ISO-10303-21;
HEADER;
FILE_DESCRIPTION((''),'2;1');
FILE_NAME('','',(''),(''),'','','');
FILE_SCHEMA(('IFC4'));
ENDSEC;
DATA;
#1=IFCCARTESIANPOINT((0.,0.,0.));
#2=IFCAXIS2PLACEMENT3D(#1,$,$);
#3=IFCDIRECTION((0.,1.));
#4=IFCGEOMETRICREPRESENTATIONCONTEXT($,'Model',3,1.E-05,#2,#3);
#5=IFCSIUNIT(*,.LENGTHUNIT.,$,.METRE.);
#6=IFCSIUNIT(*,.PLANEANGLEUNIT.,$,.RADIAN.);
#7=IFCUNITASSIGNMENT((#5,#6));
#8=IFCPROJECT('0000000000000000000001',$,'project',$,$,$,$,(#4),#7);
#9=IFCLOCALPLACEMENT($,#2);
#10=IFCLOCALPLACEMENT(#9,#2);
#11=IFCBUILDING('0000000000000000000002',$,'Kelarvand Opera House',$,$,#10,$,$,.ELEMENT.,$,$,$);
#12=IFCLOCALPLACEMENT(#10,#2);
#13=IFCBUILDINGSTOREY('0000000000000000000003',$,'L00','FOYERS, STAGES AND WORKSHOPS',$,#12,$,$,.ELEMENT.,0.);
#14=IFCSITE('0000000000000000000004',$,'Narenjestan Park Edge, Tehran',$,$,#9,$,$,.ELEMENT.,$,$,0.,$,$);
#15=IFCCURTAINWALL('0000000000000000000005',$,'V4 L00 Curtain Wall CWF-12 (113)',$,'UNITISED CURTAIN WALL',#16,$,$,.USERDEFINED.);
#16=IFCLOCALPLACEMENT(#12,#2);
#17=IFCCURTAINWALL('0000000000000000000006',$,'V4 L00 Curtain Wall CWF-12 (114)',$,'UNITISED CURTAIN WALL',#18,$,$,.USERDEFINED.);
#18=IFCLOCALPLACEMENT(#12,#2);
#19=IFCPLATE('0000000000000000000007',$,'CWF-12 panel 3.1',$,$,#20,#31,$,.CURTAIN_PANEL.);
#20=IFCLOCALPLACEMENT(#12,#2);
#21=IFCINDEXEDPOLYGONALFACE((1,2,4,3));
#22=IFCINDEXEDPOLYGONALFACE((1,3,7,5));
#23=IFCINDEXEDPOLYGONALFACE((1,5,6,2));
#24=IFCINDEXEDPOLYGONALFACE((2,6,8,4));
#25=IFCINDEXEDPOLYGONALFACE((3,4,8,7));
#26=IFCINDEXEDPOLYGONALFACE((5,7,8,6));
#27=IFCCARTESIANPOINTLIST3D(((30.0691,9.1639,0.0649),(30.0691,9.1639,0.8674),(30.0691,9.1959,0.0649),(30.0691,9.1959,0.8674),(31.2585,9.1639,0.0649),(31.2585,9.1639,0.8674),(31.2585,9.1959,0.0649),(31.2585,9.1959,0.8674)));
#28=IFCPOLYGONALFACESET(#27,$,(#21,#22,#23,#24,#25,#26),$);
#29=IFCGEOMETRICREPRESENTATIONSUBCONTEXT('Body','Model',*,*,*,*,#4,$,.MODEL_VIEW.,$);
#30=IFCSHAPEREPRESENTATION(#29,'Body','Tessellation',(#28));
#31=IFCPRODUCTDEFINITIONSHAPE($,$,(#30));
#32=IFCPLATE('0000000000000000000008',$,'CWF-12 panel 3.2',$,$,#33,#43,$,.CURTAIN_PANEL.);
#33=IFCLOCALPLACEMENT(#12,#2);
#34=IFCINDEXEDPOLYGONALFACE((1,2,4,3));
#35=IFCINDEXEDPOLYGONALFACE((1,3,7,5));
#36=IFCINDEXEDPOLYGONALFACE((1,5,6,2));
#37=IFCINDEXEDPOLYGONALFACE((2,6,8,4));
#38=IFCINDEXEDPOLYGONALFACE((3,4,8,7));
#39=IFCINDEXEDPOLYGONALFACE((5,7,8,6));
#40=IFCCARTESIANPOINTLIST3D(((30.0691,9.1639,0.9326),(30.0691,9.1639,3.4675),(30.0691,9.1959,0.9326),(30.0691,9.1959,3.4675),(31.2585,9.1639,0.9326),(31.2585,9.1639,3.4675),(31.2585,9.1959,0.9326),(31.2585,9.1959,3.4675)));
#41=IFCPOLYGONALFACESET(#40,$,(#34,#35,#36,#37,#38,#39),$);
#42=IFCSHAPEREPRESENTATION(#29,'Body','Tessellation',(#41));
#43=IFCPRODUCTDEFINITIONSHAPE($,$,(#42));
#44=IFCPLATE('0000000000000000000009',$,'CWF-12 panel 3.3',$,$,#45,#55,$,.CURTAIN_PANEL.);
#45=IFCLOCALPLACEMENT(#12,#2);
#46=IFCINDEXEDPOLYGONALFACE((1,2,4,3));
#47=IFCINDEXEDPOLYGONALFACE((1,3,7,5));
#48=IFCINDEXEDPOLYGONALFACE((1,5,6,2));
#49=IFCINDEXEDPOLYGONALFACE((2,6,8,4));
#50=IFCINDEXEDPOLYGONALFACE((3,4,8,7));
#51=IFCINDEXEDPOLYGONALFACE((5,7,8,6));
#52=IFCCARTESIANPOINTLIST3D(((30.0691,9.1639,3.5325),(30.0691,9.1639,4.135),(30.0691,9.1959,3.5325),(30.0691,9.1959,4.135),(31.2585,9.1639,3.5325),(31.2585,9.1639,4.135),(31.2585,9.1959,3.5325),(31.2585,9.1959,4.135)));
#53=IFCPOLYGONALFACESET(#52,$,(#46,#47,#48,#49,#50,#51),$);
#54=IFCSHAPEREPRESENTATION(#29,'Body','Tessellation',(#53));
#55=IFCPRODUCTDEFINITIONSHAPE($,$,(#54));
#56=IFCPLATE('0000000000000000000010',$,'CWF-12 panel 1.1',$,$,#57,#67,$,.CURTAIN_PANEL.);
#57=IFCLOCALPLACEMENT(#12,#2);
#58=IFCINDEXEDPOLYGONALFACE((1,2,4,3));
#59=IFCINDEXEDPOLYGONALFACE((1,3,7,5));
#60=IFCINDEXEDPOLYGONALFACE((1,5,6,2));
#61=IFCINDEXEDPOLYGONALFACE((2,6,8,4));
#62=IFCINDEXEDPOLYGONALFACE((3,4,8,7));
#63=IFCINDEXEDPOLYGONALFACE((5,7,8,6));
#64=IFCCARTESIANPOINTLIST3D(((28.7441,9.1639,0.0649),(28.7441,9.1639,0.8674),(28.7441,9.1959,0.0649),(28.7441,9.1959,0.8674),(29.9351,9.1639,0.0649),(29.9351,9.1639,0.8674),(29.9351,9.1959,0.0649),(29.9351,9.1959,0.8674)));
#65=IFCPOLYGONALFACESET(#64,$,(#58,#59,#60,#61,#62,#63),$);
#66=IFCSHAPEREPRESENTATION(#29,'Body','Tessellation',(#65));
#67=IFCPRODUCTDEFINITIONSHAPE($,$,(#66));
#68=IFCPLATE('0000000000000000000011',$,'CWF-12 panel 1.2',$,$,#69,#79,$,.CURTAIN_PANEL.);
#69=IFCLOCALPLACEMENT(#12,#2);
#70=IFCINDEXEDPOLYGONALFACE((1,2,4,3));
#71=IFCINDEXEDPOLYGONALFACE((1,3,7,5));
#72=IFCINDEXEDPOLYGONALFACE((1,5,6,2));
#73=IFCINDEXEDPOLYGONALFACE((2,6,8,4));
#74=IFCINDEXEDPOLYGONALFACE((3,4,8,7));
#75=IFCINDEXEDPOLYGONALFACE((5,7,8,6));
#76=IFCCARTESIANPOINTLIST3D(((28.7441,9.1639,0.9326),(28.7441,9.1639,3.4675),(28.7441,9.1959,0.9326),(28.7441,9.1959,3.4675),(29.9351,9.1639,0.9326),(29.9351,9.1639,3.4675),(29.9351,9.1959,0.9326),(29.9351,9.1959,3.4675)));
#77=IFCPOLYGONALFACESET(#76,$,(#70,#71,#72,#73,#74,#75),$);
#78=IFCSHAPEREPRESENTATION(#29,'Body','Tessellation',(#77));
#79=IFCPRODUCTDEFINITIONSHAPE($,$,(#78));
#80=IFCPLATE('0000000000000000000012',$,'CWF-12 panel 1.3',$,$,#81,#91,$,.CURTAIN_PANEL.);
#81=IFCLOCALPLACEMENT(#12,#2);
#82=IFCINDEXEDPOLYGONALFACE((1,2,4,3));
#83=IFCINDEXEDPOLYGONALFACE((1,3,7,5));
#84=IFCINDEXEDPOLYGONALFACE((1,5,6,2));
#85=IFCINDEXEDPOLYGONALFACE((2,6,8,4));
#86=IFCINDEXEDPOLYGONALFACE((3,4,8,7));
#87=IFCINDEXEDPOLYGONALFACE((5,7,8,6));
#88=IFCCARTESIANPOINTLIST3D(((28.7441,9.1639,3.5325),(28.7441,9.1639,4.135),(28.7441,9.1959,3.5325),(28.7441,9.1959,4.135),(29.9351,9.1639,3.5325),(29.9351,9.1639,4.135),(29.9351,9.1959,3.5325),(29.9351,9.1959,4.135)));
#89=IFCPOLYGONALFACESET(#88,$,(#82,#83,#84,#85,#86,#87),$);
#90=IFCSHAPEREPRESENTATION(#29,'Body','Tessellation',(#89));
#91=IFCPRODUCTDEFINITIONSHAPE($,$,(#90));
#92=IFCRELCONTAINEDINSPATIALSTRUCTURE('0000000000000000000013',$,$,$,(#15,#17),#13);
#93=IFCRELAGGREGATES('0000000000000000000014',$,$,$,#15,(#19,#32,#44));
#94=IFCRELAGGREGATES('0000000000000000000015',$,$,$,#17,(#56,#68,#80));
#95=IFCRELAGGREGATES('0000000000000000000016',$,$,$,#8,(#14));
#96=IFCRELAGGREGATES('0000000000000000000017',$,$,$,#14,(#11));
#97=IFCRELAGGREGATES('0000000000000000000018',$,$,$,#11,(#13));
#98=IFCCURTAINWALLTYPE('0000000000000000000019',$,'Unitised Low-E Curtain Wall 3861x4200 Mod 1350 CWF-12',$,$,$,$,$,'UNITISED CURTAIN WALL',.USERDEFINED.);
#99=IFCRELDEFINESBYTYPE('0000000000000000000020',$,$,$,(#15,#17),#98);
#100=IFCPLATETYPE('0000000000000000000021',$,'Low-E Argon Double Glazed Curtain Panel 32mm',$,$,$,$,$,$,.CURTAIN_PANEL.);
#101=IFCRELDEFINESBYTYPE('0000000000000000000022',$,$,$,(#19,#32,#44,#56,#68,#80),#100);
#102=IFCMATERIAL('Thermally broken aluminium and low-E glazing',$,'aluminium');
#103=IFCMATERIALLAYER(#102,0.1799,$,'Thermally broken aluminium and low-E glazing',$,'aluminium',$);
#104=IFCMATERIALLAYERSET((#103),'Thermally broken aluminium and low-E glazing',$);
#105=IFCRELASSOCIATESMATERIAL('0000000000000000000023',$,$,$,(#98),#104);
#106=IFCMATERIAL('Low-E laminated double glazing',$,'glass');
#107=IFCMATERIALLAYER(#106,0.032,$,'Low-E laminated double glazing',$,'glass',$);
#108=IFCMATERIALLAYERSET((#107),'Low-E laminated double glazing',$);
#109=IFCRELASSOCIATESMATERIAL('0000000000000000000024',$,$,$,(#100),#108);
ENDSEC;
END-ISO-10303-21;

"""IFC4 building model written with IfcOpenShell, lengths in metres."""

from ifc_helpers import new_model, si_unit, direction, frame, origin, origin_2d, place, context, subcontext, project, spatial, rectangle, extrude, material, layer, layer_set, type_object, element, aggregate, save


model = new_model("IFC4")

# Units and contexts
model_context = context("Model", 3, precision=1e-05, world=origin(), true_north=direction((0.0, 1.0)))
body_context = subcontext(model_context, "Body", "Model", "MODEL_VIEW")
ifc_project = project(units=[si_unit("LENGTHUNIT", "METRE"), si_unit("PLANEANGLEUNIT", "RADIAN")], contexts=[model_context])

# Site, building, storey
site_placement = place(None, origin())
site = spatial("IfcSite", under=ifc_project, at=site_placement, Name="Narenjestan Park Edge, Tehran", CompositionType="ELEMENT", RefElevation=0.0)
building_placement = place(site_placement, origin())
building = spatial("IfcBuilding", under=site, at=building_placement, Name="Kelarvand Opera House", CompositionType="ELEMENT")
storey_placement = place(building_placement, origin())
storey = spatial("IfcBuildingStorey", under=building, at=storey_placement, Name="L00", Description="FOYERS, STAGES AND WORKSHOPS", CompositionType="ELEMENT", Elevation=0.0)

# Curtain wall
ifc_material_1 = material(Name="Thermally broken aluminium and low-E glazing", Category="aluminium")
ifc_layer_1 = layer(ifc_material_1, 0.1799, Name="Thermally broken aluminium and low-E glazing", Category="aluminium")
ifc_layer_set_1 = layer_set([ifc_layer_1], Name="Thermally broken aluminium and low-E glazing")
curtain_wall_type = type_object("IfcCurtainWallType", Name="Unitised Low-E Curtain Wall 3861x4200 Mod 1350 CWF-12", ElementType="UNITISED CURTAIN WALL", PredefinedType="USERDEFINED", material=ifc_layer_set_1)
curtain_wall_1_placement = place(storey_placement, origin())
curtain_wall_1 = element("IfcCurtainWall", 1, at=curtain_wall_1_placement, inside=storey, type_object=curtain_wall_type, Name="V4 L00 Curtain Wall CWF-12 (113)", ObjectType="UNITISED CURTAIN WALL", PredefinedType="USERDEFINED")

# Curtain wall
curtain_wall_2_placement = place(storey_placement, origin())
curtain_wall_2 = element("IfcCurtainWall", 2, at=curtain_wall_2_placement, inside=storey, type_object=curtain_wall_type, Name="V4 L00 Curtain Wall CWF-12 (114)", ObjectType="UNITISED CURTAIN WALL", PredefinedType="USERDEFINED")

# Plates
ifc_material_2 = material(Name="Low-E laminated double glazing", Category="glass")
ifc_layer_2 = layer(ifc_material_2, 0.032, Name="Low-E laminated double glazing", Category="glass")
ifc_layer_set_2 = layer_set([ifc_layer_2], Name="Low-E laminated double glazing")
plate_type = type_object("IfcPlateType", Name="Low-E Argon Double Glazed Curtain Panel 32mm", PredefinedType="CURTAIN_PANEL", material=ifc_layer_set_2)
plate_1_placement = place(storey_placement, frame((30.6638, 9.1799, 0.0649), z_axis=(0.0, 0.0, 1.0), x_axis=(-1.0, 0.0, 0.0)))
plate_1 = element("IfcPlate", 3, at=plate_1_placement, type_object=plate_type, Name="CWF-12 panel 3.1", PredefinedType="CURTAIN_PANEL", context=body_context, shape_type="SweptSolid", body=[
    extrude(rectangle(XDim=1.1895, YDim=0.032, at=origin_2d()), origin(), (0.0, 0.0, 1.0), 0.8025),
])
plate_2_placement = place(storey_placement, frame((30.6638, 9.1799, 0.9326), z_axis=(0.0, 0.0, 1.0), x_axis=(-1.0, 0.0, 0.0)))
plate_2 = element("IfcPlate", 4, at=plate_2_placement, type_object=plate_type, Name="CWF-12 panel 3.2", PredefinedType="CURTAIN_PANEL", context=body_context, shape_type="SweptSolid", body=[
    extrude(rectangle(XDim=1.1895, YDim=0.032, at=origin_2d()), origin(), (0.0, 0.0, 1.0), 2.5349),
])
plate_3_placement = place(storey_placement, frame((30.6638, 9.1799, 3.5325), z_axis=(0.0, 0.0, 1.0), x_axis=(-1.0, 0.0, 0.0)))
plate_3 = element("IfcPlate", 5, at=plate_3_placement, type_object=plate_type, Name="CWF-12 panel 3.3", PredefinedType="CURTAIN_PANEL", context=body_context, shape_type="SweptSolid", body=[
    extrude(rectangle(XDim=1.1895, YDim=0.032, at=origin_2d()), origin(), (0.0, 0.0, 1.0), 0.6025),
])
aggregate(curtain_wall_1, [plate_1, plate_2, plate_3])
plate_4_placement = place(storey_placement, frame((29.3396, 9.1799, 0.0649), z_axis=(0.0, 0.0, 1.0), x_axis=(-1.0, 0.0, 0.0)))
plate_4 = element("IfcPlate", 6, at=plate_4_placement, type_object=plate_type, Name="CWF-12 panel 1.1", PredefinedType="CURTAIN_PANEL", context=body_context, shape_type="SweptSolid", body=[
    extrude(rectangle(XDim=1.1909, YDim=0.032, at=origin_2d()), origin(), (0.0, 0.0, 1.0), 0.8025),
])
plate_5_placement = place(storey_placement, frame((29.3396, 9.1799, 0.9326), z_axis=(0.0, 0.0, 1.0), x_axis=(-1.0, 0.0, 0.0)))
plate_5 = element("IfcPlate", 7, at=plate_5_placement, type_object=plate_type, Name="CWF-12 panel 1.2", PredefinedType="CURTAIN_PANEL", context=body_context, shape_type="SweptSolid", body=[
    extrude(rectangle(XDim=1.1909, YDim=0.032, at=origin_2d()), origin(), (0.0, 0.0, 1.0), 2.5349),
])
plate_6_placement = place(storey_placement, frame((29.3396, 9.1799, 3.5325), z_axis=(0.0, 0.0, 1.0), x_axis=(-1.0, 0.0, 0.0)))
plate_6 = element("IfcPlate", 8, at=plate_6_placement, type_object=plate_type, Name="CWF-12 panel 1.3", PredefinedType="CURTAIN_PANEL", context=body_context, shape_type="SweptSolid", body=[
    extrude(rectangle(XDim=1.1909, YDim=0.032, at=origin_2d()), origin(), (0.0, 0.0, 1.0), 0.6025),
])
aggregate(curtain_wall_2, [plate_4, plate_5, plate_6])

save(model, "model.ifc")
